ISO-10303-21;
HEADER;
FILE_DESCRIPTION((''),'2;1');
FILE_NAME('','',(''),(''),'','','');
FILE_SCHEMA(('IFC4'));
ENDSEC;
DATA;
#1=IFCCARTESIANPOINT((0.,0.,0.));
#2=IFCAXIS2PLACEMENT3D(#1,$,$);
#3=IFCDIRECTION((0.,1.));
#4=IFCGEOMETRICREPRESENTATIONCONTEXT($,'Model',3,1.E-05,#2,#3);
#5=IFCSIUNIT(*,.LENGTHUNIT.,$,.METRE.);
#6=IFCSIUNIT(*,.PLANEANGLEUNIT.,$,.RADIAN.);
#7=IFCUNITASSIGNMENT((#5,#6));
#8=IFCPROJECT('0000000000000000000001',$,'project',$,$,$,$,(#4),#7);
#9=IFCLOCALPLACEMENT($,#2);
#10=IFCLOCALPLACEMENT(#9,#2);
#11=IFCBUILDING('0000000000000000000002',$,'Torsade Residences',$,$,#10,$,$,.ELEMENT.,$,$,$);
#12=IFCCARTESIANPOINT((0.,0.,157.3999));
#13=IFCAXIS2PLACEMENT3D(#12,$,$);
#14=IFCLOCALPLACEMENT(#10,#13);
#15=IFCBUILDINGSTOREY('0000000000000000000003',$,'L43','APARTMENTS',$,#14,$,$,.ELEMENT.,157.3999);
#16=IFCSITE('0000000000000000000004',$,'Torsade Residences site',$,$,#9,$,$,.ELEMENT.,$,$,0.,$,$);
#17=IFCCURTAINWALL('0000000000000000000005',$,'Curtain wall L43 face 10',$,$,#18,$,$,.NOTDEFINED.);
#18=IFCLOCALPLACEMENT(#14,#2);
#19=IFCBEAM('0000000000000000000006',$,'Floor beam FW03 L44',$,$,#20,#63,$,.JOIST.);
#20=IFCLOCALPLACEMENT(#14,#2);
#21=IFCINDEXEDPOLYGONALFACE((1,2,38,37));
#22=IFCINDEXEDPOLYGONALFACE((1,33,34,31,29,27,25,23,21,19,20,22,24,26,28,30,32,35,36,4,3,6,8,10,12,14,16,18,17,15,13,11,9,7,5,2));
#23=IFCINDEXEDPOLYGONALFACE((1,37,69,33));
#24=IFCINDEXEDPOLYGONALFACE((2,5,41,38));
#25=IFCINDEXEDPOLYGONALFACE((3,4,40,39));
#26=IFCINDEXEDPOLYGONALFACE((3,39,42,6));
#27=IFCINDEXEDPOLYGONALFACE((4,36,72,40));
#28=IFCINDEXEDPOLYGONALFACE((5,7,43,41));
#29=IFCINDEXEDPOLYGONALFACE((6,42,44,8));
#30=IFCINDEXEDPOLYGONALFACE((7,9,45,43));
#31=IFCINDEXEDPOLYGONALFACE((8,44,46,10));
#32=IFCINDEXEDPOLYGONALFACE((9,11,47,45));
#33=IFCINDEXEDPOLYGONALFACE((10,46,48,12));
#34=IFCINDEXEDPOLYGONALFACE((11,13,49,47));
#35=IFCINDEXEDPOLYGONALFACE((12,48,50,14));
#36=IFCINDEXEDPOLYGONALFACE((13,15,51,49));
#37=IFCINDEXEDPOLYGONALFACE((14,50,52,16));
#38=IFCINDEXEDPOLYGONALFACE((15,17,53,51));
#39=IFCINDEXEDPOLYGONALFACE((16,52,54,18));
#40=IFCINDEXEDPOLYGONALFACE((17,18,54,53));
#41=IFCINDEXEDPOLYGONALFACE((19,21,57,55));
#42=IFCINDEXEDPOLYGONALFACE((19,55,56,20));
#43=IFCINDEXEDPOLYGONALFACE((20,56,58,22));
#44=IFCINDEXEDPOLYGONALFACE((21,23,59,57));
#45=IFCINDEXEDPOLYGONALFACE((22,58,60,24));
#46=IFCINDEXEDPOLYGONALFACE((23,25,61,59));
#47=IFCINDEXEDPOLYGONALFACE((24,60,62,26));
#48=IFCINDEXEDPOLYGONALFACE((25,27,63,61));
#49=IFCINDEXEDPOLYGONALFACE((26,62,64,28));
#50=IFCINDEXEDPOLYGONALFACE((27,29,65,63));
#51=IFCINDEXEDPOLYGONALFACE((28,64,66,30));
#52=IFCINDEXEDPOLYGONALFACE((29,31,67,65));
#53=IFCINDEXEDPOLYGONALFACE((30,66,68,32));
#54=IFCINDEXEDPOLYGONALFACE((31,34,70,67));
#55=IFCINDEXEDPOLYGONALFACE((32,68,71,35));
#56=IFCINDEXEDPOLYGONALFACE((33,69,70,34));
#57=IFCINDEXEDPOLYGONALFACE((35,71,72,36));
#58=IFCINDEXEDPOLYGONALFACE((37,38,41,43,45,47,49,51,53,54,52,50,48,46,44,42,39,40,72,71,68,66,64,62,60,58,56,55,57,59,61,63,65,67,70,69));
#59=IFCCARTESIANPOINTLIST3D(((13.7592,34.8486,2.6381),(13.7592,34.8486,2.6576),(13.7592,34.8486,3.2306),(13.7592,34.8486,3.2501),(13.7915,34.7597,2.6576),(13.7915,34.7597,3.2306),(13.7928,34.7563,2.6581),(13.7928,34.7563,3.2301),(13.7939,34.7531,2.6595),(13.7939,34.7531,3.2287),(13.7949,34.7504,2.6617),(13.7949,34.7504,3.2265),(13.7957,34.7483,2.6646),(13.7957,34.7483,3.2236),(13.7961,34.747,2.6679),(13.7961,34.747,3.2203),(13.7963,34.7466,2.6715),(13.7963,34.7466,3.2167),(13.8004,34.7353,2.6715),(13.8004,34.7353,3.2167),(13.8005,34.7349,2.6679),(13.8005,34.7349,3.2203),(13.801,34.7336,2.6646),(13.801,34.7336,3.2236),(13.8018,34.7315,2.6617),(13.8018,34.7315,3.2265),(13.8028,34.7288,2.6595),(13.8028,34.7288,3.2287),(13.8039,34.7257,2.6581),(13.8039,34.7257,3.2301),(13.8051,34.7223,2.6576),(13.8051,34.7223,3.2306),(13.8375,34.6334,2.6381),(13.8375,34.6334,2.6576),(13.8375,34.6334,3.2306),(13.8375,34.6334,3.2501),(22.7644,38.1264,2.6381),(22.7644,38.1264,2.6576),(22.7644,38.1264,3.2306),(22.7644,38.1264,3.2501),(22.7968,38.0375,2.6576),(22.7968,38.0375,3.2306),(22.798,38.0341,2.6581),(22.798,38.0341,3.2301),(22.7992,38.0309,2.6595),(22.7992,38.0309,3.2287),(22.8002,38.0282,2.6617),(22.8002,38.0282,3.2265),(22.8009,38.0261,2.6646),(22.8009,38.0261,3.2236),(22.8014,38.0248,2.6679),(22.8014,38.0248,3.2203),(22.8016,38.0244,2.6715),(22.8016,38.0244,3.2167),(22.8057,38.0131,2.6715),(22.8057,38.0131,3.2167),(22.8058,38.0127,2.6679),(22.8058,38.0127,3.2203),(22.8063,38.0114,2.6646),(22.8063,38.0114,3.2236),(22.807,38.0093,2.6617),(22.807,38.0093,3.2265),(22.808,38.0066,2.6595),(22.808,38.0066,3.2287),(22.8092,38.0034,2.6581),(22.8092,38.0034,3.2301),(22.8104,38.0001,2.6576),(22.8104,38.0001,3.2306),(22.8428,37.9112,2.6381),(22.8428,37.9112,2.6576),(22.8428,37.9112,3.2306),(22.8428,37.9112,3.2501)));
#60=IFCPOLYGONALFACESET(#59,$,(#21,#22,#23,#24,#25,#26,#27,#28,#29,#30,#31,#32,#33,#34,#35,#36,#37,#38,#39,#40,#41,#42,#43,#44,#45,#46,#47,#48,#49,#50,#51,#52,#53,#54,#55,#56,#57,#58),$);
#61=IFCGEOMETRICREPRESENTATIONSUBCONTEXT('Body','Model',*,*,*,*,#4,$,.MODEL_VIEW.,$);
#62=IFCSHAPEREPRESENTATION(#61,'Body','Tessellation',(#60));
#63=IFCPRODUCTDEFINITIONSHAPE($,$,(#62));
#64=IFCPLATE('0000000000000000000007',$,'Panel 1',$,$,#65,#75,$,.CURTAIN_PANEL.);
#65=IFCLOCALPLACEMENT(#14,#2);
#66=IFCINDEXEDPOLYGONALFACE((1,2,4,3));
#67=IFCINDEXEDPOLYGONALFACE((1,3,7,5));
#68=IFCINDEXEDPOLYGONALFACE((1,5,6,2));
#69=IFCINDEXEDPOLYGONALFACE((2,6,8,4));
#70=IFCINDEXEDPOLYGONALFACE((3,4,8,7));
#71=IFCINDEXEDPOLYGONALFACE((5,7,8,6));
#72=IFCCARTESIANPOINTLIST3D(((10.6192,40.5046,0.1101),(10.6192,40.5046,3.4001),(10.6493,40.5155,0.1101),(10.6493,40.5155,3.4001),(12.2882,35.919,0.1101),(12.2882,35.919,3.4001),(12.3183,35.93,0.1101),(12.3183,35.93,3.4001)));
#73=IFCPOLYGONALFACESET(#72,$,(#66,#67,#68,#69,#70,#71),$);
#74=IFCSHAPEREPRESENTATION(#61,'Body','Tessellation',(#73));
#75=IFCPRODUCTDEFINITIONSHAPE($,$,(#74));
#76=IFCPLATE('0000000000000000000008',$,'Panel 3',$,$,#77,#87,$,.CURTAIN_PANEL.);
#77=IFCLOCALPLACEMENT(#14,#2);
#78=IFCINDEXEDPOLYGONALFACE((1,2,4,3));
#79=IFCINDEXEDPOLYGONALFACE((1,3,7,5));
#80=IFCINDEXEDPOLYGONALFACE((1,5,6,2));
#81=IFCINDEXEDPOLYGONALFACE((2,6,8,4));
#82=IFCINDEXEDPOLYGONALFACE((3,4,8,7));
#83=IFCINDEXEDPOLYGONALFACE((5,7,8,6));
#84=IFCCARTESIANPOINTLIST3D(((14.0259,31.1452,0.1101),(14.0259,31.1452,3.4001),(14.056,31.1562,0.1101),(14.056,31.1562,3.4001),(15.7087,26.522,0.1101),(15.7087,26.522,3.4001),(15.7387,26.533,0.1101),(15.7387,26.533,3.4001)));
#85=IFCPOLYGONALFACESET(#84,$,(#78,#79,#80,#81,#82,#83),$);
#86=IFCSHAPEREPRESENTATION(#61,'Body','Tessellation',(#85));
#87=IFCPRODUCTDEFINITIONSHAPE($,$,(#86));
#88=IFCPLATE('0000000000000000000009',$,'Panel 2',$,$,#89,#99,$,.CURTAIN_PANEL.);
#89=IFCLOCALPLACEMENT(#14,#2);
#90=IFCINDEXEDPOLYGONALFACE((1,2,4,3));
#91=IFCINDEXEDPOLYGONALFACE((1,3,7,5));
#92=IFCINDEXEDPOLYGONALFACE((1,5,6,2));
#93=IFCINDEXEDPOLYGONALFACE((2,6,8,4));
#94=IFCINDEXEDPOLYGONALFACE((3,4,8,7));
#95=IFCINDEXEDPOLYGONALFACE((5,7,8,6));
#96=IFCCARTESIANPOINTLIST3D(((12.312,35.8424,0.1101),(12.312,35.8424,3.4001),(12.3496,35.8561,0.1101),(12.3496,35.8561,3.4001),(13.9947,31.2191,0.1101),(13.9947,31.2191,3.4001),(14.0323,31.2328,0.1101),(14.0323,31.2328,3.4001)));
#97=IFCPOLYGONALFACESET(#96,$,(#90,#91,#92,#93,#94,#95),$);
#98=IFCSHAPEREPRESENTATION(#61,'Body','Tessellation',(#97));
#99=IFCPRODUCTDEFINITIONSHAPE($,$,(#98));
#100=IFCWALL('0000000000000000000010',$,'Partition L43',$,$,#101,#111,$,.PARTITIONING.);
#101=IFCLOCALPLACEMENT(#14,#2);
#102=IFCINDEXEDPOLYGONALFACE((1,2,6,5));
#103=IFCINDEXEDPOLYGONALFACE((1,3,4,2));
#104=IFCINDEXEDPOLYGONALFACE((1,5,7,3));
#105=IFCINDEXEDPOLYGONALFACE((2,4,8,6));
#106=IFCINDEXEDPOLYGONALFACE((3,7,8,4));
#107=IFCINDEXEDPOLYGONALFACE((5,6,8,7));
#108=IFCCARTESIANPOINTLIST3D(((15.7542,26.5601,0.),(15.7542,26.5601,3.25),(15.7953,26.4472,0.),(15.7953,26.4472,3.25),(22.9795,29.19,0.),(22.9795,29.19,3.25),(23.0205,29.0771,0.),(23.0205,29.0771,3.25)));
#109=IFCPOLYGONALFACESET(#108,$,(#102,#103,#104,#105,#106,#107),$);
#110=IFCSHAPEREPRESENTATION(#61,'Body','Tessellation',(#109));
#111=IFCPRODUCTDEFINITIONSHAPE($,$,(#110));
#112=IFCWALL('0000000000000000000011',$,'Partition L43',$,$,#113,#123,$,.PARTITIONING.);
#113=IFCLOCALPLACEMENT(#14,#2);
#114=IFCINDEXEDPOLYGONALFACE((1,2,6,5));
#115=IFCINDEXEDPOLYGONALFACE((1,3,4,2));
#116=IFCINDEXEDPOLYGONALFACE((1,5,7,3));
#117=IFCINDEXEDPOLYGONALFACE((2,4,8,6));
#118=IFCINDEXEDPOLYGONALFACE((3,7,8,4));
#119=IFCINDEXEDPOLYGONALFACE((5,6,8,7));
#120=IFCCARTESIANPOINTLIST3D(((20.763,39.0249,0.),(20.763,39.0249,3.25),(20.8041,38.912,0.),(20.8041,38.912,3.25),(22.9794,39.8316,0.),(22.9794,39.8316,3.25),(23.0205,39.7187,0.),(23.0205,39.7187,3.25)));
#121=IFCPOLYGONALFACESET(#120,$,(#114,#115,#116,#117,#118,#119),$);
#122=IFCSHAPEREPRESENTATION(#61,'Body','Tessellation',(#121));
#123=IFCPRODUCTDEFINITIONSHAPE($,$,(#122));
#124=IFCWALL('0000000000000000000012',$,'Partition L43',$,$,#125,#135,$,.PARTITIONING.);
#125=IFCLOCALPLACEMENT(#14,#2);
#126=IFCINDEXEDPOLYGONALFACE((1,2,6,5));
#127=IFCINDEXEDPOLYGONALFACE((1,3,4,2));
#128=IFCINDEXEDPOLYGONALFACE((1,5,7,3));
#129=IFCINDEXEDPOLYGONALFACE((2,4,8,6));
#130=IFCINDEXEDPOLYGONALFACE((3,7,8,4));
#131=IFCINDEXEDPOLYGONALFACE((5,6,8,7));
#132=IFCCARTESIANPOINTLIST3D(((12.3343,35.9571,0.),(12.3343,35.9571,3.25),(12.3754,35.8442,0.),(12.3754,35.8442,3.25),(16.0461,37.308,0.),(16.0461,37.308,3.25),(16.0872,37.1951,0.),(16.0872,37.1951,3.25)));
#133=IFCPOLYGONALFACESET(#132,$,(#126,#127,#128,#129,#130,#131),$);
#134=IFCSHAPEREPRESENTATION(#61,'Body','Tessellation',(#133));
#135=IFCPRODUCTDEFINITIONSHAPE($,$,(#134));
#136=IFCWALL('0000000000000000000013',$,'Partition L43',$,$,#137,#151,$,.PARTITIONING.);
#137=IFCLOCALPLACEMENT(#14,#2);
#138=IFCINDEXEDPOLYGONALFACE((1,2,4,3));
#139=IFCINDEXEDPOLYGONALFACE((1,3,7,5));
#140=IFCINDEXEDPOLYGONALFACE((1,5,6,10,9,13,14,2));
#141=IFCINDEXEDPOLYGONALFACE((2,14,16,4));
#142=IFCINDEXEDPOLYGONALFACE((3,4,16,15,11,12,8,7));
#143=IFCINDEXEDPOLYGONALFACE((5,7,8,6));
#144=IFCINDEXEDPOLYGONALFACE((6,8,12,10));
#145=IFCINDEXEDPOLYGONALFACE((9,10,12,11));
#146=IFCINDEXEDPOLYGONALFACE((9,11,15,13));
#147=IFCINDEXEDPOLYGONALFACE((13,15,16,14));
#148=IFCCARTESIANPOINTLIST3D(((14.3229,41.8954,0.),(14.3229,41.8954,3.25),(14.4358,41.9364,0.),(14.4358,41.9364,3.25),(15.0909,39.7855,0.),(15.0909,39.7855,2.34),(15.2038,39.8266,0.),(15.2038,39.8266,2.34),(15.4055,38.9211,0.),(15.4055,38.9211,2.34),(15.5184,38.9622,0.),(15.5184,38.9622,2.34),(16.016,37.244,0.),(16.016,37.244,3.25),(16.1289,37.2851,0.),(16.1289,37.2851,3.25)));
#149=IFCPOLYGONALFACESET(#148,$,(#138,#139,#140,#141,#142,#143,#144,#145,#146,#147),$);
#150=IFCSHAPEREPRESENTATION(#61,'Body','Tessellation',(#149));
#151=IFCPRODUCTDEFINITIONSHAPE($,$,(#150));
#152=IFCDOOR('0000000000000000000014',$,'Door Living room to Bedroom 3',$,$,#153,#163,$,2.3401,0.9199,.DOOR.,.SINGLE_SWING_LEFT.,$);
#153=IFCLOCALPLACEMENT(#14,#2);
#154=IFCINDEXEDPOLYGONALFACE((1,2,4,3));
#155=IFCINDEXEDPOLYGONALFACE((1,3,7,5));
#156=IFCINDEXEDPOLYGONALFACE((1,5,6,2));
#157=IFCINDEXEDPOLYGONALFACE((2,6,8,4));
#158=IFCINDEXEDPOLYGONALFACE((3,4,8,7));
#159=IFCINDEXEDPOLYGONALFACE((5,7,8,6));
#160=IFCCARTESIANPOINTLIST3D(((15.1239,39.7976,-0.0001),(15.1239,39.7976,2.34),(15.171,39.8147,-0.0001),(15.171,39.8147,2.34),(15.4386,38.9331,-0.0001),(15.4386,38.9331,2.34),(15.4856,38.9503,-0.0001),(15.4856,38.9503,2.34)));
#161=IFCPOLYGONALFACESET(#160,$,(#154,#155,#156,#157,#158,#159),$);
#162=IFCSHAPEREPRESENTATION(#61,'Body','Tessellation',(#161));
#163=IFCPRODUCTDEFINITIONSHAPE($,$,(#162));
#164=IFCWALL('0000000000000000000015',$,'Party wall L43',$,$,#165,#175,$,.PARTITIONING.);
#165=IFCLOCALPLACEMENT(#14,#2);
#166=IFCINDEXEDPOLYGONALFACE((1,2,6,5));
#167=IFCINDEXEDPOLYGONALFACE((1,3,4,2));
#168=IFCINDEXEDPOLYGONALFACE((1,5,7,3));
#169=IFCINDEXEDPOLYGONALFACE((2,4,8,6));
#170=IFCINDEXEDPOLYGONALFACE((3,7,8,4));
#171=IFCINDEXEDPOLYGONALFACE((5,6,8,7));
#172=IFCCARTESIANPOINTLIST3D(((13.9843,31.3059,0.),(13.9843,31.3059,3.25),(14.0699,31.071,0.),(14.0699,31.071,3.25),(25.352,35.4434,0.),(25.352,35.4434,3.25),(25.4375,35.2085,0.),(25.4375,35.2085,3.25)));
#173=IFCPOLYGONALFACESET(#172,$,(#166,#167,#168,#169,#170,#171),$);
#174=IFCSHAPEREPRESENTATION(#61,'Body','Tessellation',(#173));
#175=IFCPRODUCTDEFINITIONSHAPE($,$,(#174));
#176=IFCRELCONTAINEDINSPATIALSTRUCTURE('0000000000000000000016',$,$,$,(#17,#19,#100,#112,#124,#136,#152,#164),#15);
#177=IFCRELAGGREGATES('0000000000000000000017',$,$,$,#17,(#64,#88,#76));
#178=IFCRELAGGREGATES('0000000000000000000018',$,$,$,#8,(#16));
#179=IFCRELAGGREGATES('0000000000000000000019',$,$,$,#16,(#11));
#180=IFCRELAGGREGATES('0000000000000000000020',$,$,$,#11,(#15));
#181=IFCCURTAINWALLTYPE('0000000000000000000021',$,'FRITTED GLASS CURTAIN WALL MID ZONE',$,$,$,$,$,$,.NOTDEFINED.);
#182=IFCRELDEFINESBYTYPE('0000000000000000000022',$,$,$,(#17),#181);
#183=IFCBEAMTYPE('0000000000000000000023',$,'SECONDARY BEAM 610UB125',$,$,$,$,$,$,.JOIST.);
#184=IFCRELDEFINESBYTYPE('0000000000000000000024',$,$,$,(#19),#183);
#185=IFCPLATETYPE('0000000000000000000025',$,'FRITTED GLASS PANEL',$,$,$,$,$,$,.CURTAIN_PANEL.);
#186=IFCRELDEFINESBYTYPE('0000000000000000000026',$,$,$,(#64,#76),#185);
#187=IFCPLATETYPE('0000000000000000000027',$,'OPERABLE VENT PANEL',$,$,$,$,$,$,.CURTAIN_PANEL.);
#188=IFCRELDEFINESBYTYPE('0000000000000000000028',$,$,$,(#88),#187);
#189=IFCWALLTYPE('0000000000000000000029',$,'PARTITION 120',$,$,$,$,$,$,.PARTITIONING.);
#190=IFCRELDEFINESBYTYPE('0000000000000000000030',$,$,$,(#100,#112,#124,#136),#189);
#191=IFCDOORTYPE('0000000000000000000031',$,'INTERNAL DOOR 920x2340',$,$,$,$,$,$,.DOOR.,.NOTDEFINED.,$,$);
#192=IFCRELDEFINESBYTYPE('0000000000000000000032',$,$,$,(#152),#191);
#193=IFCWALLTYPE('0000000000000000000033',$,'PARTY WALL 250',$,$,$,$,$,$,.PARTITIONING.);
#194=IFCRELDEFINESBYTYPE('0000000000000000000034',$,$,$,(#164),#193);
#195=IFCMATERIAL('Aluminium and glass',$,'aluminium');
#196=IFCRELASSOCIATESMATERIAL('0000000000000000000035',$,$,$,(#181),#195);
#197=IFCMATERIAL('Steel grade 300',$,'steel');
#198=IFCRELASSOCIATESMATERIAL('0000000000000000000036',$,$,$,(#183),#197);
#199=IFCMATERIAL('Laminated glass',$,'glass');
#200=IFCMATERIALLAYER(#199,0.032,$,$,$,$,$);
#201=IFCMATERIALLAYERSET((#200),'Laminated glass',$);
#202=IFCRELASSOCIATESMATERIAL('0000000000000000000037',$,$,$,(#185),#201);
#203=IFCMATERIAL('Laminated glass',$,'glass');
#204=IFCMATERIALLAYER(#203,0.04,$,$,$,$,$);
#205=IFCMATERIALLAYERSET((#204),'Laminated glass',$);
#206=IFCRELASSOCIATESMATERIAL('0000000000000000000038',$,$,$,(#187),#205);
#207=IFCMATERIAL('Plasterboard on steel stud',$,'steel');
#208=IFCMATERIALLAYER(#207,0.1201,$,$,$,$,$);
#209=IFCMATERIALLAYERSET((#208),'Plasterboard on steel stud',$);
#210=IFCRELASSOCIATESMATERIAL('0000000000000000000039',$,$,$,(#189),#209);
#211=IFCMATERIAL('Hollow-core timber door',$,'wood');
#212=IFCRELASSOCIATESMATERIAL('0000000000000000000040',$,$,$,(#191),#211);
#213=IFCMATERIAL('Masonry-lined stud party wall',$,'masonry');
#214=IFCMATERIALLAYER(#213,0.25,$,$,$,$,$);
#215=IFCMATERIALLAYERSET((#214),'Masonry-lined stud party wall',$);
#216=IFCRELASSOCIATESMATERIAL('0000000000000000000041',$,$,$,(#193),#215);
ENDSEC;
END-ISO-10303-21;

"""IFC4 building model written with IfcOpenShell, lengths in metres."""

from ifc_helpers import new_model, si_unit, direction, frame, frame_2d, origin, origin_2d, place, context, subcontext, project, spatial, rectangle, i_section, extrude, material, layer, layer_set, material_profile, profile_set, type_object, element, fill, aggregate, save


model = new_model("IFC4")

# Units and contexts
model_context = context("Model", 3, precision=1e-05, world=origin(), true_north=direction((0.0, 1.0)))
body_context = subcontext(model_context, "Body", "Model", "MODEL_VIEW")
ifc_project = project(units=[si_unit("LENGTHUNIT", "METRE"), si_unit("PLANEANGLEUNIT", "RADIAN")], contexts=[model_context])

# Site, building, storey
site_placement = place(None, origin())
site = spatial("IfcSite", under=ifc_project, at=site_placement, Name="Torsade Residences site", CompositionType="ELEMENT", RefElevation=0.0)
building_placement = place(site_placement, origin())
building = spatial("IfcBuilding", under=site, at=building_placement, Name="Torsade Residences", CompositionType="ELEMENT")
storey_placement = place(building_placement, frame((0.0, 0.0, 157.3999)))
storey = spatial("IfcBuildingStorey", under=building, at=storey_placement, Name="L43", Description="APARTMENTS", CompositionType="ELEMENT", Elevation=157.3999)

# Curtain wall
ifc_material_1 = material(Name="Aluminium and glass", Category="aluminium")
curtain_wall_type = type_object("IfcCurtainWallType", Name="FRITTED GLASS CURTAIN WALL MID ZONE", PredefinedType="NOTDEFINED", material=ifc_material_1)
curtain_wall_placement = place(storey_placement, origin())
curtain_wall = element("IfcCurtainWall", 1, at=curtain_wall_placement, inside=storey, type_object=curtain_wall_type, Name="Curtain wall L43 face 10", PredefinedType="NOTDEFINED")

# Beam
ifc_material_2 = material(Name="Steel grade 300", Category="steel")
ifc_material_profile_1 = material_profile(ifc_material_2, i_section(OverallWidth=0.229, OverallDepth=0.6121, WebThickness=0.012, FlangeThickness=0.0195, FilletRadius=0.0139, at=origin_2d()), Name="610UB125")
ifc_profile_set_1 = profile_set([ifc_material_profile_1], Name="Steel grade 300")
beam_type_1 = type_object("IfcBeamType", Name="SECONDARY BEAM 610UB125", PredefinedType="JOIST", material=ifc_profile_set_1)
beam_1_placement = place(storey_placement, frame((13.7983, 34.741, 2.9441), z_axis=(0.939688, 0.342034, 0.0), x_axis=(-0.342034, 0.939688, 0.0)))
element("IfcBeam", 2, at=beam_1_placement, inside=storey, type_object=beam_type_1, Name="Floor beam FW03 L44", PredefinedType="JOIST", context=body_context, shape_type="SweptSolid", body=[
    extrude(i_section(OverallWidth=0.229, OverallDepth=0.6121, WebThickness=0.012, FlangeThickness=0.0195, FilletRadius=0.0139, at=origin_2d()), origin(), (0.0, 0.0, 1.0), 9.5833),
])

# Plates
ifc_material_3 = material(Name="Laminated glass", Category="glass")
ifc_layer_1 = layer(ifc_material_3, 0.032)
ifc_layer_set_1 = layer_set([ifc_layer_1], Name="Laminated glass")
plate_type_1 = type_object("IfcPlateType", Name="FRITTED GLASS PANEL", PredefinedType="CURTAIN_PANEL", material=ifc_layer_set_1)
plate_1_placement = place(storey_placement, frame((11.4688, 38.2173, 0.1101), z_axis=(0.0, 0.0, 1.0), x_axis=(0.34202, -0.939693, 0.0)))
plate_1 = element("IfcPlate", 3, at=plate_1_placement, type_object=plate_type_1, Name="Panel 1", PredefinedType="CURTAIN_PANEL", context=body_context, shape_type="SweptSolid", body=[
    extrude(rectangle(XDim=4.8799, YDim=0.032, at=origin_2d()), origin(), (0.0, 0.0, 1.0), 3.29),
])
plate_2_placement = place(storey_placement, frame((14.8823, 28.8391, 0.1101), z_axis=(0.0, 0.0, 1.0), x_axis=(0.34202, -0.939693, 0.0)))
plate_2 = element("IfcPlate", 4, at=plate_2_placement, type_object=plate_type_1, Name="Panel 3", PredefinedType="CURTAIN_PANEL", context=body_context, shape_type="SweptSolid", body=[
    extrude(rectangle(XDim=4.9199, YDim=0.032, at=origin_2d()), origin(), (0.0, 0.0, 1.0), 3.29),
])
ifc_material_4 = material(Name="Laminated glass", Category="glass")
ifc_layer_2 = layer(ifc_material_4, 0.04)
ifc_layer_set_2 = layer_set([ifc_layer_2], Name="Laminated glass")
plate_type_2 = type_object("IfcPlateType", Name="OPERABLE VENT PANEL", PredefinedType="CURTAIN_PANEL", material=ifc_layer_set_2)
plate_3_placement = place(storey_placement, frame((13.1721, 33.5376, 0.1101), z_axis=(0.0, 0.0, 1.0), x_axis=(0.34202, -0.939693, 0.0)))
plate_3 = element("IfcPlate", 5, at=plate_3_placement, type_object=plate_type_2, Name="Panel 2", PredefinedType="CURTAIN_PANEL", context=body_context, shape_type="SweptSolid", body=[
    extrude(rectangle(XDim=4.9199, YDim=0.04, at=origin_2d()), origin(), (0.0, 0.0, 1.0), 3.29),
])
aggregate(curtain_wall, [plate_1, plate_3, plate_2])

# Walls
ifc_material_5 = material(Name="Plasterboard on steel stud", Category="steel")
ifc_layer_3 = layer(ifc_material_5, 0.1201)
ifc_layer_set_3 = layer_set([ifc_layer_3], Name="Plasterboard on steel stud")
wall_type_1 = type_object("IfcWallType", Name="PARTITION 120", PredefinedType="PARTITIONING", material=ifc_layer_set_3)
wall_1_placement = place(storey_placement, frame((23.0, 29.1335, 0.0), z_axis=(0.0, 0.0, 1.0), x_axis=(-0.939686, -0.342039, 0.0)))
element("IfcWall", 6, at=wall_1_placement, inside=storey, type_object=wall_type_1, Name="Partition L43", PredefinedType="PARTITIONING", context=body_context, shape_type="SweptSolid", body=[
    extrude(rectangle(XDim=7.689, YDim=0.1201, at=frame_2d((3.8445, 0.0))), origin(), (0.0, 0.0, 1.0), 3.25),
])
wall_2_placement = place(storey_placement, frame((20.7837, 38.9685, 0.0), z_axis=(0.0, 0.0, 1.0), x_axis=(0.939697, 0.342009, 0.0)))
element("IfcWall", 7, at=wall_2_placement, inside=storey, type_object=wall_type_1, Name="Partition L43", PredefinedType="PARTITIONING", context=body_context, shape_type="SweptSolid", body=[
    extrude(rectangle(XDim=2.3586, YDim=0.1201, at=frame_2d((1.1792, 0.0))), origin(), (0.0, 0.0, 1.0), 3.25),
])
wall_3_placement = place(storey_placement, frame((12.3547, 35.9006, 0.0), z_axis=(0.0, 0.0, 1.0), x_axis=(0.939701, 0.341996, 0.0)))
element("IfcWall", 8, at=wall_3_placement, inside=storey, type_object=wall_type_1, Name="Partition L43", PredefinedType="PARTITIONING", context=body_context, shape_type="SweptSolid", body=[
    extrude(rectangle(XDim=3.95, YDim=0.1201, at=frame_2d((1.9751, 0.0))), origin(), (0.0, 0.0, 1.0), 3.25),
])

# Wall, opening, door
wall_4_placement = place(storey_placement, frame((16.0725, 37.2644, 0.0), z_axis=(0.0, 0.0, 1.0), x_axis=(-0.342048, 0.939682, 0.0)))
wall_4 = element("IfcWall", 9, at=wall_4_placement, inside=storey, type_object=wall_type_1, Name="Partition L43", PredefinedType="PARTITIONING", context=body_context, shape_type="SweptSolid", body=[
    extrude(rectangle(XDim=4.95, YDim=0.1201, at=frame_2d((2.4751, 0.0))), origin(), (0.0, 0.0, 1.0), 3.25),
])
opening_placement = place(wall_4_placement, frame((1.7849, 0.0, 0.0)))
opening = element("IfcOpeningElement", 10, at=opening_placement, cuts=wall_4, PredefinedType="OPENING", context=body_context, shape_type="SweptSolid", body=[
    extrude(rectangle(XDim=0.9199, YDim=2.3401, at=frame_2d((0.46, 1.1699))), frame((0.0, 0.0701, 0.0), z_axis=(0.0, -1.0, 0.0), x_axis=(1.0, 0.0, 0.0)), (0.0, 0.0, 1.0), 0.1401),
])
ifc_material_6 = material(Name="Hollow-core timber door", Category="wood")
door_type = type_object("IfcDoorType", Name="INTERNAL DOOR 920x2340", OperationType="NOTDEFINED", PredefinedType="DOOR", material=ifc_material_6)
door_placement = place(opening_placement, origin())
door = element("IfcDoor", 11, at=door_placement, inside=storey, type_object=door_type, Name="Door Living room to Bedroom 3", OperationType="SINGLE_SWING_LEFT", OverallHeight=2.3401, OverallWidth=0.9199, PredefinedType="DOOR", context=body_context, shape_type="SweptSolid", body=[
    extrude(rectangle(XDim=0.9199, YDim=2.3401, at=frame_2d((0.46, 1.1699))), frame((0.0, 0.0249, 0.0), z_axis=(0.0, -1.0, 0.0), x_axis=(1.0, 0.0, 0.0)), (0.0, 0.0, 1.0), 0.05),
])
fill(opening, door)

# Wall
ifc_material_7 = material(Name="Masonry-lined stud party wall", Category="masonry")
ifc_layer_4 = layer(ifc_material_7, 0.25)
ifc_layer_set_4 = layer_set([ifc_layer_4], Name="Masonry-lined stud party wall")
wall_type_2 = type_object("IfcWallType", Name="PARTY WALL 250", PredefinedType="PARTITIONING", material=ifc_layer_set_4)
wall_5_placement = place(storey_placement, frame((14.0271, 31.1885, 0.0), z_axis=(0.0, 0.0, 1.0), x_axis=(0.939694, 0.342017, 0.0)))
element("IfcWall", 12, at=wall_5_placement, inside=storey, type_object=wall_type_2, Name="Party wall L43", PredefinedType="PARTITIONING", context=body_context, shape_type="SweptSolid", body=[
    extrude(rectangle(XDim=12.0972, YDim=0.25, at=frame_2d((6.0486, 0.0))), origin(), (0.0, 0.0, 1.0), 3.25),
])

save(model, "model.ifc")
